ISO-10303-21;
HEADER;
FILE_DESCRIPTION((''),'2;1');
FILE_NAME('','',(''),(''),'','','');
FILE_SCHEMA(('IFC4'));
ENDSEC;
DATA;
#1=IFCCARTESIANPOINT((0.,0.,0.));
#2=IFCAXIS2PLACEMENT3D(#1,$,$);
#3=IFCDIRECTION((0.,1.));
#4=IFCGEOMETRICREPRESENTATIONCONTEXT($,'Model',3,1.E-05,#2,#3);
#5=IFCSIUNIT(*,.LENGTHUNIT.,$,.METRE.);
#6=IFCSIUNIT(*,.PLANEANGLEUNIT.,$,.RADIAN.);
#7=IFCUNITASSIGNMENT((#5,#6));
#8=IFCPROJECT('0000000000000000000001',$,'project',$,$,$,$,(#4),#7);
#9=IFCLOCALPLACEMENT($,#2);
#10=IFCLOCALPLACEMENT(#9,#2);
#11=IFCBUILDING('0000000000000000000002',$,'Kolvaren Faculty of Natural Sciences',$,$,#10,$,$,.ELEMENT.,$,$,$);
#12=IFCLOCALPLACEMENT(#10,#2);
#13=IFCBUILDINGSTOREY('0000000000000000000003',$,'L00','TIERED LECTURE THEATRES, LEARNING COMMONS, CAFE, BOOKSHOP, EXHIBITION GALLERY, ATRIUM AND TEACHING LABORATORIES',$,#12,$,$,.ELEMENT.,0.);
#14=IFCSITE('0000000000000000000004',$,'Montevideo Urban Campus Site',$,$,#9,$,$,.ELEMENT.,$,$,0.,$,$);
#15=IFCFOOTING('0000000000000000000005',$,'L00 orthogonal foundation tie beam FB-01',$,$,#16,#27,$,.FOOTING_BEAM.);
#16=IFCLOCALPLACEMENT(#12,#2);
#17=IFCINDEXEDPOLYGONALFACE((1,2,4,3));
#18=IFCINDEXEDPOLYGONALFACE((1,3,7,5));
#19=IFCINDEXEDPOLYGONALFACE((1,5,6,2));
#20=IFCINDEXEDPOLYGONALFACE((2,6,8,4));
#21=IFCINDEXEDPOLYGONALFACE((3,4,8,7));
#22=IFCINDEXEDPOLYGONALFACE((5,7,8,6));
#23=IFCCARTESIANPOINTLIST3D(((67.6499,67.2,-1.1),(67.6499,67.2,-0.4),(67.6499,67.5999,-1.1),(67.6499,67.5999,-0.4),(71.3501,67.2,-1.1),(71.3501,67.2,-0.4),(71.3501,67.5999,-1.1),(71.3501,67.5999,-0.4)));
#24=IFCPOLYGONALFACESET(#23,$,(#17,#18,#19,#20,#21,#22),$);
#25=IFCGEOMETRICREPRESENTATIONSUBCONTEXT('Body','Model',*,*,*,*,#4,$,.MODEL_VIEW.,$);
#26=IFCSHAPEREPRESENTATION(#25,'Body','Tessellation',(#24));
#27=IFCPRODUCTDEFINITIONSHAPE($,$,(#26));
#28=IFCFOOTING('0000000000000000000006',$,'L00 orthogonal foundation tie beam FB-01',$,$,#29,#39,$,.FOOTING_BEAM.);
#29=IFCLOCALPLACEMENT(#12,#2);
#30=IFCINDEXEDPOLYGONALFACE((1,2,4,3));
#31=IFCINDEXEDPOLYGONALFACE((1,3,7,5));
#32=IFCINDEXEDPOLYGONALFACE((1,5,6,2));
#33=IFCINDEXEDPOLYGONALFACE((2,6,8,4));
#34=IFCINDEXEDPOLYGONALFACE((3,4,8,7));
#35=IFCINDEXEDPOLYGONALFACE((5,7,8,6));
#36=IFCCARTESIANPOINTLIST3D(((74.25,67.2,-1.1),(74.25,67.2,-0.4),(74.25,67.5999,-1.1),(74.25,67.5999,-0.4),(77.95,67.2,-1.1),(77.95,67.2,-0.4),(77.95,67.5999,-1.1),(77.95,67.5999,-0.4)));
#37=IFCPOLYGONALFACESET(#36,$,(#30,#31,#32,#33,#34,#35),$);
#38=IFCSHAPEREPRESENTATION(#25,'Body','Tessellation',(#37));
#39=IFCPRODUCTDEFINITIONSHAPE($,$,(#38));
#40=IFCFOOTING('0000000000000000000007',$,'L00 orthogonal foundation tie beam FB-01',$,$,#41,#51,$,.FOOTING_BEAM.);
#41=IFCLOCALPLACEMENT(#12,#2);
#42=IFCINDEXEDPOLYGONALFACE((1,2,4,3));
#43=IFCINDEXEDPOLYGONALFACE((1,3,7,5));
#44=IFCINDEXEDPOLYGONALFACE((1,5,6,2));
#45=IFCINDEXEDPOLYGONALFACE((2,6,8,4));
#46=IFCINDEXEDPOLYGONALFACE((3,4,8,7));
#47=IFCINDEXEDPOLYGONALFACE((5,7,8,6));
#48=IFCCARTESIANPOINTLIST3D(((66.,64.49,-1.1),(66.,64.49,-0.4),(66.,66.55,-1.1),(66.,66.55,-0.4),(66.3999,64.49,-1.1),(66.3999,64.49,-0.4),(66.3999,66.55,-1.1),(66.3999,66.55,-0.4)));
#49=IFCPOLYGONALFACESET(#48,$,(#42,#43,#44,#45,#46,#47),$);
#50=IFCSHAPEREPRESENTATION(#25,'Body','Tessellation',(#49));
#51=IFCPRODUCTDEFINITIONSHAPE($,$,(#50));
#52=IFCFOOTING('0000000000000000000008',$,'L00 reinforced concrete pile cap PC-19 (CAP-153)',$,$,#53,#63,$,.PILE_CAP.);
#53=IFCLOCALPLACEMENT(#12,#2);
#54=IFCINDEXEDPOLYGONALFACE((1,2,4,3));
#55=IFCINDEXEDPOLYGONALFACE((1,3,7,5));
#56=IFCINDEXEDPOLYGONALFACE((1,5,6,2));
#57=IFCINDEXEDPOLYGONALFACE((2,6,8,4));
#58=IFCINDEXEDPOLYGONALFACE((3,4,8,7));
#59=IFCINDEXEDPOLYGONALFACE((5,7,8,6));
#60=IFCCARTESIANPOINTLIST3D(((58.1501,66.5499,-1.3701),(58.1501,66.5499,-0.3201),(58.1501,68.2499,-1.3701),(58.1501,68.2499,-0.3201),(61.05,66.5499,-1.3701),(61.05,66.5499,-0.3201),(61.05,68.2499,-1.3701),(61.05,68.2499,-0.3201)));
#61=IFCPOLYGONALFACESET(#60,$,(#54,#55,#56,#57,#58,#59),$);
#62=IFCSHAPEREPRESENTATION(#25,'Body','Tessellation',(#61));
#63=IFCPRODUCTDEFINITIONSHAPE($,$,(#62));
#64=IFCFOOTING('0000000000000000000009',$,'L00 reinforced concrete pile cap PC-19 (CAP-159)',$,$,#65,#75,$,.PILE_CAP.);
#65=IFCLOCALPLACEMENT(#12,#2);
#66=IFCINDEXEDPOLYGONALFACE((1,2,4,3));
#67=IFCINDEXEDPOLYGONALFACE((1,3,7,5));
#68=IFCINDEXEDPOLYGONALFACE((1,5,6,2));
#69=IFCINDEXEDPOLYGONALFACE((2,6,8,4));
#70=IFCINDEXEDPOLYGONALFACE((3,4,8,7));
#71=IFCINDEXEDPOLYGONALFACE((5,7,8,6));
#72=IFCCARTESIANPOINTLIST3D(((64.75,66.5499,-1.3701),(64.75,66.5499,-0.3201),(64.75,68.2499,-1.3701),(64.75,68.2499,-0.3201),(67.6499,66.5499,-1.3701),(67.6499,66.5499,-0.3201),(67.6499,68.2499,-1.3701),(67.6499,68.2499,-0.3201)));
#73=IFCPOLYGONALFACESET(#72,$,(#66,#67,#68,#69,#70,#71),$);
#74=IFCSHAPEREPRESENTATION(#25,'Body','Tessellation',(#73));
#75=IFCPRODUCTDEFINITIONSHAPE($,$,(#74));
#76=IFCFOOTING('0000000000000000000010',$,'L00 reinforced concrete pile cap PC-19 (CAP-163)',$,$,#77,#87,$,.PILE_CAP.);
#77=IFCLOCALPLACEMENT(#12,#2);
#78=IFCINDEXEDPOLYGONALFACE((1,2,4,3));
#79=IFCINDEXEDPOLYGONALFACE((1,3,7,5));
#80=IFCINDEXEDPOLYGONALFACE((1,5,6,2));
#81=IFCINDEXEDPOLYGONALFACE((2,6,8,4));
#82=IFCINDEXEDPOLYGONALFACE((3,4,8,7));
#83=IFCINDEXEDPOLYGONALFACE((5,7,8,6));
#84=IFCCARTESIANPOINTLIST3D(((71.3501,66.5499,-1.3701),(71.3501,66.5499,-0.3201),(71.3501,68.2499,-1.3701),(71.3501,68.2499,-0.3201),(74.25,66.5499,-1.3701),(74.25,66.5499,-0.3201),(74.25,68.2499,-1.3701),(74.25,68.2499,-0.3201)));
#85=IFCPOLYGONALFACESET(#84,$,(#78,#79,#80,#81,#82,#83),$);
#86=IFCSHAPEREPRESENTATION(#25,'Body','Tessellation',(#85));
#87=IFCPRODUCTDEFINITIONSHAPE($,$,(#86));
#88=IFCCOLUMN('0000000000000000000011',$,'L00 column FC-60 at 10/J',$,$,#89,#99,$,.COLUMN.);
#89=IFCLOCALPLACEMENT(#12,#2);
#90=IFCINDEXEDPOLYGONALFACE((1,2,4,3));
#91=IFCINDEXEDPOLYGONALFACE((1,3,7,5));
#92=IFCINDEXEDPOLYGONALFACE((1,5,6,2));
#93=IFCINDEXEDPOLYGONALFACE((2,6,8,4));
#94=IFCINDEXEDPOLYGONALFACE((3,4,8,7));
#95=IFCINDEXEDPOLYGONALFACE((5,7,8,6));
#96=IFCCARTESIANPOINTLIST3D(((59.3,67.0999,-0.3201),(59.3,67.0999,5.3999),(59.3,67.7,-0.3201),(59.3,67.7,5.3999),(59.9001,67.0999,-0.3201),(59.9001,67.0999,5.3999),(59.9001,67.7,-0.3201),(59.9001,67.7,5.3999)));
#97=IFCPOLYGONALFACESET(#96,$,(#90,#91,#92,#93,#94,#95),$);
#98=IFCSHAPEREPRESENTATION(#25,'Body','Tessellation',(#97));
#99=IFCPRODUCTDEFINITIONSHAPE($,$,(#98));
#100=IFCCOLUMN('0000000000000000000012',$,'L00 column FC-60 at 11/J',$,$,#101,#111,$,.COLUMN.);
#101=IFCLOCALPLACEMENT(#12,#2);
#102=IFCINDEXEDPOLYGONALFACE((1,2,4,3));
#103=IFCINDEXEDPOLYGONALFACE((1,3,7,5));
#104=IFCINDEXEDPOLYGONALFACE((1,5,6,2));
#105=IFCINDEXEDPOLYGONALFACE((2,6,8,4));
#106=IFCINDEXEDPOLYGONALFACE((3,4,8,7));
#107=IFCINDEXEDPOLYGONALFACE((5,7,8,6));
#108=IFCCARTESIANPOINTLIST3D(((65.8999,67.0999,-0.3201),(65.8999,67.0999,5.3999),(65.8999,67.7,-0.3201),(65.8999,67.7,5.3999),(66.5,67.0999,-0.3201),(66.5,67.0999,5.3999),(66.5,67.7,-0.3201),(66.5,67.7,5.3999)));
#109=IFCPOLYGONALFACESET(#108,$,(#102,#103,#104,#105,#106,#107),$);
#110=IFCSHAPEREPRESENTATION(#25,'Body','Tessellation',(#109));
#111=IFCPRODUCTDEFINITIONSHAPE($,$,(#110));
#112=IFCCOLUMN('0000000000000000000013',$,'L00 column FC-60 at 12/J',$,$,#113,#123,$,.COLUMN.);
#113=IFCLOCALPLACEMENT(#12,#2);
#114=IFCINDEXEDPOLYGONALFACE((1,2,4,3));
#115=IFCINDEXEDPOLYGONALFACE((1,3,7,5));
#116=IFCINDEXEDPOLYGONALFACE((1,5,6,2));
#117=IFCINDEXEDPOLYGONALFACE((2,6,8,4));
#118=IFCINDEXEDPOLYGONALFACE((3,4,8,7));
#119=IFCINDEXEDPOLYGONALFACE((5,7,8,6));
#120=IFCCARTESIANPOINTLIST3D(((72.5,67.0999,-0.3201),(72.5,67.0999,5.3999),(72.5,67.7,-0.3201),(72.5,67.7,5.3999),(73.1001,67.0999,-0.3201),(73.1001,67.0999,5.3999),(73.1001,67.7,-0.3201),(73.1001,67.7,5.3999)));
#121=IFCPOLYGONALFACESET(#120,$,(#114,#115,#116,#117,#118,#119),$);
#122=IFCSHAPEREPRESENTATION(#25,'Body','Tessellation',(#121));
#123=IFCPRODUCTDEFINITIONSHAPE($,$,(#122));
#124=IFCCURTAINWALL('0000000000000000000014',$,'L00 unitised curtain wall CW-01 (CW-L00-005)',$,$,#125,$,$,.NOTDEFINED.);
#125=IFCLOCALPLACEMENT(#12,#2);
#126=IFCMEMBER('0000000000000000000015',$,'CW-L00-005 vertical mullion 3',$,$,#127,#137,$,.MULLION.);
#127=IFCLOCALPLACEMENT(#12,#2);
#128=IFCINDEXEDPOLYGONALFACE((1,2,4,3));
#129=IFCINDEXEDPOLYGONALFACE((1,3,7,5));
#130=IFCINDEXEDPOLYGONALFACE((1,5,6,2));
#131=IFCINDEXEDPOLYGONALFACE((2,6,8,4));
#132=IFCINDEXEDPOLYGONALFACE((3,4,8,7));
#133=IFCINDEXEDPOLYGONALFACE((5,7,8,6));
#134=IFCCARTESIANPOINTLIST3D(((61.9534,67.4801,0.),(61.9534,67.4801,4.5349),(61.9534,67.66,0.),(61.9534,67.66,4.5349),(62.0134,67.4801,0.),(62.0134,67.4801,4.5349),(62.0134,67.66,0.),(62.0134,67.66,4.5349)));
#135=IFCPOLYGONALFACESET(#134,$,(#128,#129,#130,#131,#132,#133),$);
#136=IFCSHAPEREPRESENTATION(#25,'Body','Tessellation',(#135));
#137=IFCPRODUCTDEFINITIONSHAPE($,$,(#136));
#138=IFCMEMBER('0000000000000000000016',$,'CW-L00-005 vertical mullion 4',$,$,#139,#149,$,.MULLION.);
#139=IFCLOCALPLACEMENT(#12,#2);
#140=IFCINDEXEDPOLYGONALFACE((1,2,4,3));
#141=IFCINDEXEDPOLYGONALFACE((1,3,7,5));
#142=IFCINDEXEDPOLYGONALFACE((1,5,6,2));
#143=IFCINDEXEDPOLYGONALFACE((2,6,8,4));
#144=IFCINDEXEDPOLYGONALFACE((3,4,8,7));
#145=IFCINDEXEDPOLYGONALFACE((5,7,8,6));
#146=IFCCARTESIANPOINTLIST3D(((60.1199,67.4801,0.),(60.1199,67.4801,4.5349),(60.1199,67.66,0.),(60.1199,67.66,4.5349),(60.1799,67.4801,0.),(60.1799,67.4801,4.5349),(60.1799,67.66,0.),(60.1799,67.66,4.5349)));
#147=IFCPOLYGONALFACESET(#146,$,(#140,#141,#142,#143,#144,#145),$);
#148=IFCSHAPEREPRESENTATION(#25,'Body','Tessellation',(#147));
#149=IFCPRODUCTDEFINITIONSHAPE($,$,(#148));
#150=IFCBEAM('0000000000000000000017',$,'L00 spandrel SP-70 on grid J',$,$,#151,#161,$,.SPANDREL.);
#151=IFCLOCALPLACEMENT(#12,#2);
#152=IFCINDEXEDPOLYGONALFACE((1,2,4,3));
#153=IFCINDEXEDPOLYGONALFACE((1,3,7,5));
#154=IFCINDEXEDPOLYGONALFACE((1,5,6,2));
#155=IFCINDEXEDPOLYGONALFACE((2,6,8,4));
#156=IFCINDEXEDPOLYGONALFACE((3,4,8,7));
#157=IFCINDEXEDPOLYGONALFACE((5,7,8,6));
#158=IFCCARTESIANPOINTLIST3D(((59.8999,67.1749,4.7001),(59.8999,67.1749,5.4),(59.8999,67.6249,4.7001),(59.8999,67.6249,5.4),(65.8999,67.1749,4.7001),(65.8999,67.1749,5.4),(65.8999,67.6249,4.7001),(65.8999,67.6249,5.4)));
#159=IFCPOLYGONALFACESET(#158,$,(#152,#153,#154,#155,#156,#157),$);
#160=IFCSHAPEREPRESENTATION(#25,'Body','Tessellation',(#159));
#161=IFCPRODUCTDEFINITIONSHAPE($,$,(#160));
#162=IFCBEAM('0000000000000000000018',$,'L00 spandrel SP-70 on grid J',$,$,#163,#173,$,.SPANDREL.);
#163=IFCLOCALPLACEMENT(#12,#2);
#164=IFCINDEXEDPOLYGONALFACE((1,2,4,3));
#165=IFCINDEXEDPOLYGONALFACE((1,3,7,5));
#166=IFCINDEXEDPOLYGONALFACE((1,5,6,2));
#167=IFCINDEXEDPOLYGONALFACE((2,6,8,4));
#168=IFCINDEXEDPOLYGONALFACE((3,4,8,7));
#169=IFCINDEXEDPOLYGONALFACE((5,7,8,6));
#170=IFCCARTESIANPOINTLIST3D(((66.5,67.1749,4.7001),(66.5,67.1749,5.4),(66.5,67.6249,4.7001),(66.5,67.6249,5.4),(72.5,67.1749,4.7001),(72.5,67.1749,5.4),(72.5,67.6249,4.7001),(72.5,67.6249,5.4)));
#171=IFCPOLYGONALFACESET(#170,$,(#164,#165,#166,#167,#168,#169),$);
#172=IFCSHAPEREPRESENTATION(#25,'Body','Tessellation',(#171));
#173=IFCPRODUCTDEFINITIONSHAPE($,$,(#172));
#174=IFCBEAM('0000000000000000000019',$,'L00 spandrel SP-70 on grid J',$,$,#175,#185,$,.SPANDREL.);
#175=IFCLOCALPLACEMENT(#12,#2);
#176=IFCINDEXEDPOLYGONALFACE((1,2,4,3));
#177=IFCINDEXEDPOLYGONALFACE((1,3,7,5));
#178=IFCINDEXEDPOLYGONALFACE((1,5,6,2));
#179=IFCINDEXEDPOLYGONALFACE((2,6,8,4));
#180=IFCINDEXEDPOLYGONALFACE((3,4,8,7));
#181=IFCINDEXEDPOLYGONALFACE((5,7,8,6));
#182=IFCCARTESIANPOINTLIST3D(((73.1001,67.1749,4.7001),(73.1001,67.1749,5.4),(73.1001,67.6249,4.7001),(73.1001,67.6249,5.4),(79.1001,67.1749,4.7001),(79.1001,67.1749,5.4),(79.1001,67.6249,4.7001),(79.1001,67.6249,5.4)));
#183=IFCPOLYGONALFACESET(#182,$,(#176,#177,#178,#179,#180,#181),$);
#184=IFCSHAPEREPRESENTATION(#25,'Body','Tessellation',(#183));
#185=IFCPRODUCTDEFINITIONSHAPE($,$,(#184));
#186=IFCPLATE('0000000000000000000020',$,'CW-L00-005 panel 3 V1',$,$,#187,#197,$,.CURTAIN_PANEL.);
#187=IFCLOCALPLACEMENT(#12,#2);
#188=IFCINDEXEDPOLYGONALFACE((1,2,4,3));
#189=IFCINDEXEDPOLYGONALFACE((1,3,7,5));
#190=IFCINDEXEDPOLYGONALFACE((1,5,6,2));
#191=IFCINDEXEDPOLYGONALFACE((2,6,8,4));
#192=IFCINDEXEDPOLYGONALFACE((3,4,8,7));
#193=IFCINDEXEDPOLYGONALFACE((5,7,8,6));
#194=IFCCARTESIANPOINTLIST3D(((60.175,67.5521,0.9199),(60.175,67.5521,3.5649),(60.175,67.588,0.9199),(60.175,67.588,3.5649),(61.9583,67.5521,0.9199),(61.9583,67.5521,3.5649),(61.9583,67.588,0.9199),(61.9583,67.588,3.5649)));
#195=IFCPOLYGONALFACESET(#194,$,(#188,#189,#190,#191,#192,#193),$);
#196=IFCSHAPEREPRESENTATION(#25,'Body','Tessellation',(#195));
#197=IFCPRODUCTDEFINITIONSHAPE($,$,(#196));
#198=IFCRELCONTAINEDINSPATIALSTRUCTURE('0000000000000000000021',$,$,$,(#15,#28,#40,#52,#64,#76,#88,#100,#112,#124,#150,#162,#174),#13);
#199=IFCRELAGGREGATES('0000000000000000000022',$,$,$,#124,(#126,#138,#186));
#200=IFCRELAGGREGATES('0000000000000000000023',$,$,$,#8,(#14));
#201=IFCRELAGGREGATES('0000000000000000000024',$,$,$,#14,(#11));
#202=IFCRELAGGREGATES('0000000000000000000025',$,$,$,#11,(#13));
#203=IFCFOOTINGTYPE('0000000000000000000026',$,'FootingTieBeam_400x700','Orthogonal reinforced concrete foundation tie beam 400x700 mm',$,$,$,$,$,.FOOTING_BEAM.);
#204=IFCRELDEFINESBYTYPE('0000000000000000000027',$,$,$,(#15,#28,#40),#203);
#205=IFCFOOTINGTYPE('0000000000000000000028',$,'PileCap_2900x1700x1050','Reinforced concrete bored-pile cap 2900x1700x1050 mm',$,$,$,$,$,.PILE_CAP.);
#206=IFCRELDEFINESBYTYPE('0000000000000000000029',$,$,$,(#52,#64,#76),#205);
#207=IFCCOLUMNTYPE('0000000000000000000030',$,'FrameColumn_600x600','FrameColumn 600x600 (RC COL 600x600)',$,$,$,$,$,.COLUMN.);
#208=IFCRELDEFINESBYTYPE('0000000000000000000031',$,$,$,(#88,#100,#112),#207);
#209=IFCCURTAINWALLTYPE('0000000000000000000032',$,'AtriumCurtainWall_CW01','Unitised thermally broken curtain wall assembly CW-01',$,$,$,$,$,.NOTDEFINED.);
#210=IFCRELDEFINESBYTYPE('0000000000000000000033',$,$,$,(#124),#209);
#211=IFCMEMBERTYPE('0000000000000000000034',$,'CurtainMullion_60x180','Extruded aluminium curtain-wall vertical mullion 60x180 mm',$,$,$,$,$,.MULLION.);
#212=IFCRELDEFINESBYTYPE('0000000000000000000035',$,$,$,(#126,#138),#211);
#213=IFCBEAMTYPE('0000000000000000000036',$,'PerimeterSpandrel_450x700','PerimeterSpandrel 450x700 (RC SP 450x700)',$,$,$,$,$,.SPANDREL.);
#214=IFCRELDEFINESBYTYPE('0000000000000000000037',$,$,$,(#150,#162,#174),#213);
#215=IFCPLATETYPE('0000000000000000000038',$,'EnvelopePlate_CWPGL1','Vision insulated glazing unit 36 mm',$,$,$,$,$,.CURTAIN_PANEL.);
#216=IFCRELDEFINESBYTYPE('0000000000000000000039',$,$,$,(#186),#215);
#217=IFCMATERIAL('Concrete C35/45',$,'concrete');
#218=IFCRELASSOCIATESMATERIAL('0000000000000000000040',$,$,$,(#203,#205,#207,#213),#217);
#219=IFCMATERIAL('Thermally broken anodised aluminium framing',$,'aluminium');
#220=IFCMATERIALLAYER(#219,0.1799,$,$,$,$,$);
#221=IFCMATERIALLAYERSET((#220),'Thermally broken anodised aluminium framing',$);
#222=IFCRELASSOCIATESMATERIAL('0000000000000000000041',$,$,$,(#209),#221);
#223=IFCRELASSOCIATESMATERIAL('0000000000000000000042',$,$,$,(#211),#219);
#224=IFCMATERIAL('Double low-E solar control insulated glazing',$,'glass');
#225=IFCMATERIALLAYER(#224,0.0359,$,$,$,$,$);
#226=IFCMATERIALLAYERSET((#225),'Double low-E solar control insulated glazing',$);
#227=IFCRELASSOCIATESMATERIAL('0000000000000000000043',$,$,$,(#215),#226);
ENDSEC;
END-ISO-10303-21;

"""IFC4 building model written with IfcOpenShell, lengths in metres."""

from ifc_helpers import new_model, si_unit, direction, frame, origin, origin_2d, place, context, subcontext, project, spatial, rectangle, extrude, material, layer, layer_set, material_profile, profile_set, type_object, element, aggregate, save


model = new_model("IFC4")

# Units and contexts
model_context = context("Model", 3, precision=1e-05, world=origin(), true_north=direction((0.0, 1.0)))
body_context = subcontext(model_context, "Body", "Model", "MODEL_VIEW")
ifc_project = project(units=[si_unit("LENGTHUNIT", "METRE"), si_unit("PLANEANGLEUNIT", "RADIAN")], contexts=[model_context])

# Site, building, storey
site_placement = place(None, origin())
site = spatial("IfcSite", under=ifc_project, at=site_placement, Name="Montevideo Urban Campus Site", CompositionType="ELEMENT", RefElevation=0.0)
building_placement = place(site_placement, origin())
building = spatial("IfcBuilding", under=site, at=building_placement, Name="Kolvaren Faculty of Natural Sciences", CompositionType="ELEMENT")
storey_placement = place(building_placement, origin())
storey = spatial("IfcBuildingStorey", under=building, at=storey_placement, Name="L00", Description="TIERED LECTURE THEATRES, LEARNING COMMONS, CAFE, BOOKSHOP, EXHIBITION GALLERY, ATRIUM AND TEACHING LABORATORIES", CompositionType="ELEMENT", Elevation=0.0)

# Shared definitions
ifc_material_1 = material(Name="Concrete C35/45", Category="concrete")

# Footings
ifc_material_profile_1 = material_profile(ifc_material_1, rectangle(XDim=0.3999, YDim=0.7, at=origin_2d()), Name="RC FB 400x700")
ifc_profile_set_1 = profile_set([ifc_material_profile_1], Name="Concrete C35/45")
footing_type_1 = type_object("IfcFootingType", Name="FootingTieBeam_400x700", Description="Orthogonal reinforced concrete foundation tie beam 400x700 mm", PredefinedType="FOOTING_BEAM", material=ifc_profile_set_1)
footing_1_placement = place(storey_placement, frame((67.6499, 67.3999, -0.75), z_axis=(1.0, 0.0, 0.0), x_axis=(0.0, 1.0, 0.0)))
element("IfcFooting", 1, at=footing_1_placement, inside=storey, type_object=footing_type_1, Name="L00 orthogonal foundation tie beam FB-01", PredefinedType="FOOTING_BEAM", context=body_context, shape_type="SweptSolid", body=[
    extrude(rectangle(XDim=0.3999, YDim=0.7, at=origin_2d()), origin(), (0.0, 0.0, 1.0), 3.7002),
])
footing_2_placement = place(storey_placement, frame((74.25, 67.3999, -0.75), z_axis=(1.0, 0.0, 0.0), x_axis=(0.0, 1.0, 0.0)))
element("IfcFooting", 2, at=footing_2_placement, inside=storey, type_object=footing_type_1, Name="L00 orthogonal foundation tie beam FB-01", PredefinedType="FOOTING_BEAM", context=body_context, shape_type="SweptSolid", body=[
    extrude(rectangle(XDim=0.3999, YDim=0.7, at=origin_2d()), origin(), (0.0, 0.0, 1.0), 3.7),
])
footing_3_placement = place(storey_placement, frame((66.2, 64.49, -0.75), z_axis=(0.0, 1.0, 0.0), x_axis=(-1.0, 0.0, 0.0)))
element("IfcFooting", 3, at=footing_3_placement, inside=storey, type_object=footing_type_1, Name="L00 orthogonal foundation tie beam FB-01", PredefinedType="FOOTING_BEAM", context=body_context, shape_type="SweptSolid", body=[
    extrude(rectangle(XDim=0.3999, YDim=0.7, at=origin_2d()), origin(), (0.0, 0.0, 1.0), 2.0601),
])
footing_type_2 = type_object("IfcFootingType", Name="PileCap_2900x1700x1050", Description="Reinforced concrete bored-pile cap 2900x1700x1050 mm", PredefinedType="PILE_CAP", material=ifc_material_1)
for number, where, z_axis, x_axis, name in (
    (4, (59.6001, 67.3999, -1.3701), (0.0, 0.0, 1.0), (1.0, 0.0, 0.0), "L00 reinforced concrete pile cap PC-19 (CAP-153)"),
    (5, (66.2, 67.3999, -1.3701), (0.0, 0.0, 1.0), (1.0, 0.0, 0.0), "L00 reinforced concrete pile cap PC-19 (CAP-159)"),
    (6, (72.8, 67.3999, -1.3701), (0.0, 0.0, 1.0), (1.0, 0.0, 0.0), "L00 reinforced concrete pile cap PC-19 (CAP-163)"),
):
    element("IfcFooting", number, at=place(storey_placement, frame(where, z_axis=z_axis, x_axis=x_axis)), inside=storey, type_object=footing_type_2, Name=name, PredefinedType="PILE_CAP", context=body_context, shape_type="SweptSolid", body=[
        extrude(rectangle(XDim=2.8999, YDim=1.7, at=origin_2d()), origin(), (0.0, 0.0, 1.0), 1.05),
    ])

# Columns
ifc_material_profile_2 = material_profile(ifc_material_1, rectangle(XDim=0.6001, YDim=0.6001, at=origin_2d()), Name="RC COL 600x600")
ifc_profile_set_2 = profile_set([ifc_material_profile_2], Name="Concrete C35/45")
column_type = type_object("IfcColumnType", Name="FrameColumn_600x600", Description="FrameColumn 600x600 (RC COL 600x600)", PredefinedType="COLUMN", material=ifc_profile_set_2)
for number, where, z_axis, x_axis, name in (
    (7, (59.6001, 67.3999, -0.3201), (0.0, 0.0, 1.0), (1.0, 0.0, 0.0), "L00 column FC-60 at 10/J"),
    (8, (66.2, 67.3999, -0.3201), (0.0, 0.0, 1.0), (1.0, 0.0, 0.0), "L00 column FC-60 at 11/J"),
    (9, (72.8, 67.3999, -0.3201), (0.0, 0.0, 1.0), (1.0, 0.0, 0.0), "L00 column FC-60 at 12/J"),
):
    element("IfcColumn", number, at=place(storey_placement, frame(where, z_axis=z_axis, x_axis=x_axis)), inside=storey, type_object=column_type, Name=name, PredefinedType="COLUMN", context=body_context, shape_type="SweptSolid", body=[
        extrude(rectangle(XDim=0.6001, YDim=0.6001, at=origin_2d()), origin(), (0.0, 0.0, 1.0), 5.72),
    ])

# Curtain wall, members
ifc_material_2 = material(Name="Thermally broken anodised aluminium framing", Category="aluminium")
ifc_layer_1 = layer(ifc_material_2, 0.1799)
ifc_layer_set_1 = layer_set([ifc_layer_1], Name="Thermally broken anodised aluminium framing")
curtain_wall_type = type_object("IfcCurtainWallType", Name="AtriumCurtainWall_CW01", Description="Unitised thermally broken curtain wall assembly CW-01", PredefinedType="NOTDEFINED", material=ifc_layer_set_1)
curtain_wall_placement = place(storey_placement, origin())
curtain_wall = element("IfcCurtainWall", 10, at=curtain_wall_placement, inside=storey, type_object=curtain_wall_type, Name="L00 unitised curtain wall CW-01 (CW-L00-005)", PredefinedType="NOTDEFINED")
ifc_material_profile_3 = material_profile(ifc_material_2, rectangle(XDim=0.0601, YDim=0.1799, at=origin_2d()), Name="ALU MUL 60x180")
ifc_profile_set_3 = profile_set([ifc_material_profile_3], Name="Thermally broken anodised aluminium framing")
member_type = type_object("IfcMemberType", Name="CurtainMullion_60x180", Description="Extruded aluminium curtain-wall vertical mullion 60x180 mm", PredefinedType="MULLION", material=ifc_profile_set_3)
member_1_placement = place(storey_placement, frame((61.9834, 67.5701, 0.0), z_axis=(0.0, 0.0, 1.0), x_axis=(-1.0, 0.0, 0.0)))
member_1 = element("IfcMember", 11, at=member_1_placement, type_object=member_type, Name="CW-L00-005 vertical mullion 3", PredefinedType="MULLION", context=body_context, shape_type="SweptSolid", body=[
    extrude(rectangle(XDim=0.0601, YDim=0.1799, at=origin_2d()), origin(), (0.0, 0.0, 1.0), 4.5349),
])
member_2_placement = place(storey_placement, frame((60.1499, 67.5701, 0.0), z_axis=(0.0, 0.0, 1.0), x_axis=(-1.0, 0.0, 0.0)))
member_2 = element("IfcMember", 12, at=member_2_placement, type_object=member_type, Name="CW-L00-005 vertical mullion 4", PredefinedType="MULLION", context=body_context, shape_type="SweptSolid", body=[
    extrude(rectangle(XDim=0.0601, YDim=0.1799, at=origin_2d()), origin(), (0.0, 0.0, 1.0), 4.5349),
])

# Beams
ifc_material_profile_4 = material_profile(ifc_material_1, rectangle(XDim=0.45, YDim=0.7, at=origin_2d()), Name="RC SP 450x700")
ifc_profile_set_4 = profile_set([ifc_material_profile_4], Name="Concrete C35/45")
beam_type = type_object("IfcBeamType", Name="PerimeterSpandrel_450x700", Description="PerimeterSpandrel 450x700 (RC SP 450x700)", PredefinedType="SPANDREL", material=ifc_profile_set_4)
for number, where, z_axis, x_axis, name in (
    (13, (59.8999, 67.3999, 5.05), (1.0, 0.0, 0.0), (0.0, 1.0, 0.0), "L00 spandrel SP-70 on grid J"),
    (14, (66.5, 67.3999, 5.05), (1.0, 0.0, 0.0), (0.0, 1.0, 0.0), "L00 spandrel SP-70 on grid J"),
    (15, (73.1001, 67.3999, 5.05), (1.0, 0.0, 0.0), (0.0, 1.0, 0.0), "L00 spandrel SP-70 on grid J"),
):
    element("IfcBeam", number, at=place(storey_placement, frame(where, z_axis=z_axis, x_axis=x_axis)), inside=storey, type_object=beam_type, Name=name, PredefinedType="SPANDREL", context=body_context, shape_type="SweptSolid", body=[
        extrude(rectangle(XDim=0.45, YDim=0.7, at=origin_2d()), origin(), (0.0, 0.0, 1.0), 6.0),
    ])

# Plate
ifc_material_3 = material(Name="Double low-E solar control insulated glazing", Category="glass")
ifc_layer_2 = layer(ifc_material_3, 0.0359)
ifc_layer_set_2 = layer_set([ifc_layer_2], Name="Double low-E solar control insulated glazing")
plate_type_1 = type_object("IfcPlateType", Name="EnvelopePlate_CWPGL1", Description="Vision insulated glazing unit 36 mm", PredefinedType="CURTAIN_PANEL", material=ifc_layer_set_2)
plate_1_placement = place(storey_placement, frame((61.0667, 67.5701, 0.9199), z_axis=(0.0, 0.0, 1.0), x_axis=(-1.0, 0.0, 0.0)))
plate_1 = element("IfcPlate", 16, at=plate_1_placement, type_object=plate_type_1, Name="CW-L00-005 panel 3 V1", PredefinedType="CURTAIN_PANEL", context=body_context, shape_type="SweptSolid", body=[
    extrude(rectangle(XDim=1.7832, YDim=0.0359, at=origin_2d()), origin(), (0.0, 0.0, 1.0), 2.645),
])
aggregate(curtain_wall, [member_1, member_2, plate_1])

save(model, "model.ifc")
